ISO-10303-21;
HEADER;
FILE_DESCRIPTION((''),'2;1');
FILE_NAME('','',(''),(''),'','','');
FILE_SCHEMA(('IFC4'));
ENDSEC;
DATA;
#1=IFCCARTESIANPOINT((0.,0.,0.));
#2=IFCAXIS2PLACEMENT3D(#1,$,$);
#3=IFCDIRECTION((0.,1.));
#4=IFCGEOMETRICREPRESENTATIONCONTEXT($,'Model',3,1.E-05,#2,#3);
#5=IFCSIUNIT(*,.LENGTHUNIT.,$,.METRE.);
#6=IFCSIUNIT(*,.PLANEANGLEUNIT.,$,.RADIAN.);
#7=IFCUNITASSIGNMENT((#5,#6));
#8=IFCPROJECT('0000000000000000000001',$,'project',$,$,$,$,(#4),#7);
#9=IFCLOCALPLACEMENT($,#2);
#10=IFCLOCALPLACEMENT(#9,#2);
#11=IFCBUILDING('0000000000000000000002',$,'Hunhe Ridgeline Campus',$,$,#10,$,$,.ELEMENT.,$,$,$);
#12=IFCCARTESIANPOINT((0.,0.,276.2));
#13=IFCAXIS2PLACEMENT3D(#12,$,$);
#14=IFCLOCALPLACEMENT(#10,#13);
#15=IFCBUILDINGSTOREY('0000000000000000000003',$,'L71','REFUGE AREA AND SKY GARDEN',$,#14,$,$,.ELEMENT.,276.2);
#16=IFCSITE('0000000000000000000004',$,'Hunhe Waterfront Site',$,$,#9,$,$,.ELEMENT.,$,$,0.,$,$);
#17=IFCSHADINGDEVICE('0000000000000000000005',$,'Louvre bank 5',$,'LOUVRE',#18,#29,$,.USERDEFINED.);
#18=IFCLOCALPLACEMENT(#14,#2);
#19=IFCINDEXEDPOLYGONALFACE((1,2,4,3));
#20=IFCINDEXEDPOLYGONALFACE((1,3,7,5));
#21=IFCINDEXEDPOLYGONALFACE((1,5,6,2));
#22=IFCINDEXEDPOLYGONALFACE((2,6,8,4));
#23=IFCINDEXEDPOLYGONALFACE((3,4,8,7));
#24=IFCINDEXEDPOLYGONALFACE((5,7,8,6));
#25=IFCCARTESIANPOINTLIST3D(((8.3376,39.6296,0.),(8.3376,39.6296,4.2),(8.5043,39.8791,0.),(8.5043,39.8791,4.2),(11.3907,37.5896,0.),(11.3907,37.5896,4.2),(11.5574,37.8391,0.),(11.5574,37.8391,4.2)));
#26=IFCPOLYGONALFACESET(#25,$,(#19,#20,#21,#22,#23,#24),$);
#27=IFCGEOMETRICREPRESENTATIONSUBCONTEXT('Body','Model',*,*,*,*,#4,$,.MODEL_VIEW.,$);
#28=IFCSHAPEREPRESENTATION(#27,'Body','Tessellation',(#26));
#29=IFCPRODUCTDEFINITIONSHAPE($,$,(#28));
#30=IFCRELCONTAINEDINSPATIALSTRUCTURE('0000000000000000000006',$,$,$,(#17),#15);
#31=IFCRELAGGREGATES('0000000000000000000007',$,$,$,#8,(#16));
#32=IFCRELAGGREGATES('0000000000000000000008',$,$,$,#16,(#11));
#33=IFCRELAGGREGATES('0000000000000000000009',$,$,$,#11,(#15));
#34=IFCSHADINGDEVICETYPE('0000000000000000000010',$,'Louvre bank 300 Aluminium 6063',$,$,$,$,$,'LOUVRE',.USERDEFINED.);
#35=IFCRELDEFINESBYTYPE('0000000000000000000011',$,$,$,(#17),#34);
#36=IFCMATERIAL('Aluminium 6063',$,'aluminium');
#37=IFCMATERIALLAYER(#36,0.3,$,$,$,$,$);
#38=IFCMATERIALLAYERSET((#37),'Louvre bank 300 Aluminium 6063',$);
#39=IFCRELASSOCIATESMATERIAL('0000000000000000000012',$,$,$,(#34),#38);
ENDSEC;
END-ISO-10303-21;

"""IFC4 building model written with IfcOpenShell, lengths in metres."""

from ifc_helpers import new_model, si_unit, direction, frame, origin, origin_2d, place, context, subcontext, project, spatial, rectangle, extrude, material, layer, layer_set, type_object, element, save


model = new_model("IFC4")

# Units and contexts
model_context = context("Model", 3, precision=1e-05, world=origin(), true_north=direction((0.0, 1.0)))
body_context = subcontext(model_context, "Body", "Model", "MODEL_VIEW")
ifc_project = project(units=[si_unit("LENGTHUNIT", "METRE"), si_unit("PLANEANGLEUNIT", "RADIAN")], contexts=[model_context])

# Site, building, storey
site_placement = place(None, origin())
site = spatial("IfcSite", under=ifc_project, at=site_placement, Name="Hunhe Waterfront Site", CompositionType="ELEMENT", RefElevation=0.0)
building_placement = place(site_placement, origin())
building = spatial("IfcBuilding", under=site, at=building_placement, Name="Hunhe Ridgeline Campus", CompositionType="ELEMENT")
storey_placement = place(building_placement, frame((0.0, 0.0, 276.2)))
storey = spatial("IfcBuildingStorey", under=building, at=storey_placement, Name="L71", Description="REFUGE AREA AND SKY GARDEN", CompositionType="ELEMENT", Elevation=276.2)

# Shared definitions
ifc_material_1 = material(Name="Aluminium 6063", Category="aluminium")

# Shading device
ifc_layer_1 = layer(ifc_material_1, 0.3)
ifc_layer_set_1 = layer_set([ifc_layer_1], Name="Louvre bank 300 Aluminium 6063")
shading_device_type = type_object("IfcShadingDeviceType", Name="Louvre bank 300 Aluminium 6063", ElementType="LOUVRE", PredefinedType="USERDEFINED", material=ifc_layer_set_1)
shading_device_placement = place(storey_placement, frame((9.9475, 38.7344, 0.0), z_axis=(0.0, 0.0, 1.0), x_axis=(0.83147, -0.55557, 0.0)))
element("IfcShadingDevice", 1, at=shading_device_placement, inside=storey, type_object=shading_device_type, Name="Louvre bank 5", ObjectType="LOUVRE", PredefinedType="USERDEFINED", context=body_context, shape_type="SweptSolid", body=[
    extrude(rectangle(XDim=3.6719, YDim=0.3, at=origin_2d()), origin(), (0.0, 0.0, 1.0), 4.2),
])

save(model, "model.ifc")
